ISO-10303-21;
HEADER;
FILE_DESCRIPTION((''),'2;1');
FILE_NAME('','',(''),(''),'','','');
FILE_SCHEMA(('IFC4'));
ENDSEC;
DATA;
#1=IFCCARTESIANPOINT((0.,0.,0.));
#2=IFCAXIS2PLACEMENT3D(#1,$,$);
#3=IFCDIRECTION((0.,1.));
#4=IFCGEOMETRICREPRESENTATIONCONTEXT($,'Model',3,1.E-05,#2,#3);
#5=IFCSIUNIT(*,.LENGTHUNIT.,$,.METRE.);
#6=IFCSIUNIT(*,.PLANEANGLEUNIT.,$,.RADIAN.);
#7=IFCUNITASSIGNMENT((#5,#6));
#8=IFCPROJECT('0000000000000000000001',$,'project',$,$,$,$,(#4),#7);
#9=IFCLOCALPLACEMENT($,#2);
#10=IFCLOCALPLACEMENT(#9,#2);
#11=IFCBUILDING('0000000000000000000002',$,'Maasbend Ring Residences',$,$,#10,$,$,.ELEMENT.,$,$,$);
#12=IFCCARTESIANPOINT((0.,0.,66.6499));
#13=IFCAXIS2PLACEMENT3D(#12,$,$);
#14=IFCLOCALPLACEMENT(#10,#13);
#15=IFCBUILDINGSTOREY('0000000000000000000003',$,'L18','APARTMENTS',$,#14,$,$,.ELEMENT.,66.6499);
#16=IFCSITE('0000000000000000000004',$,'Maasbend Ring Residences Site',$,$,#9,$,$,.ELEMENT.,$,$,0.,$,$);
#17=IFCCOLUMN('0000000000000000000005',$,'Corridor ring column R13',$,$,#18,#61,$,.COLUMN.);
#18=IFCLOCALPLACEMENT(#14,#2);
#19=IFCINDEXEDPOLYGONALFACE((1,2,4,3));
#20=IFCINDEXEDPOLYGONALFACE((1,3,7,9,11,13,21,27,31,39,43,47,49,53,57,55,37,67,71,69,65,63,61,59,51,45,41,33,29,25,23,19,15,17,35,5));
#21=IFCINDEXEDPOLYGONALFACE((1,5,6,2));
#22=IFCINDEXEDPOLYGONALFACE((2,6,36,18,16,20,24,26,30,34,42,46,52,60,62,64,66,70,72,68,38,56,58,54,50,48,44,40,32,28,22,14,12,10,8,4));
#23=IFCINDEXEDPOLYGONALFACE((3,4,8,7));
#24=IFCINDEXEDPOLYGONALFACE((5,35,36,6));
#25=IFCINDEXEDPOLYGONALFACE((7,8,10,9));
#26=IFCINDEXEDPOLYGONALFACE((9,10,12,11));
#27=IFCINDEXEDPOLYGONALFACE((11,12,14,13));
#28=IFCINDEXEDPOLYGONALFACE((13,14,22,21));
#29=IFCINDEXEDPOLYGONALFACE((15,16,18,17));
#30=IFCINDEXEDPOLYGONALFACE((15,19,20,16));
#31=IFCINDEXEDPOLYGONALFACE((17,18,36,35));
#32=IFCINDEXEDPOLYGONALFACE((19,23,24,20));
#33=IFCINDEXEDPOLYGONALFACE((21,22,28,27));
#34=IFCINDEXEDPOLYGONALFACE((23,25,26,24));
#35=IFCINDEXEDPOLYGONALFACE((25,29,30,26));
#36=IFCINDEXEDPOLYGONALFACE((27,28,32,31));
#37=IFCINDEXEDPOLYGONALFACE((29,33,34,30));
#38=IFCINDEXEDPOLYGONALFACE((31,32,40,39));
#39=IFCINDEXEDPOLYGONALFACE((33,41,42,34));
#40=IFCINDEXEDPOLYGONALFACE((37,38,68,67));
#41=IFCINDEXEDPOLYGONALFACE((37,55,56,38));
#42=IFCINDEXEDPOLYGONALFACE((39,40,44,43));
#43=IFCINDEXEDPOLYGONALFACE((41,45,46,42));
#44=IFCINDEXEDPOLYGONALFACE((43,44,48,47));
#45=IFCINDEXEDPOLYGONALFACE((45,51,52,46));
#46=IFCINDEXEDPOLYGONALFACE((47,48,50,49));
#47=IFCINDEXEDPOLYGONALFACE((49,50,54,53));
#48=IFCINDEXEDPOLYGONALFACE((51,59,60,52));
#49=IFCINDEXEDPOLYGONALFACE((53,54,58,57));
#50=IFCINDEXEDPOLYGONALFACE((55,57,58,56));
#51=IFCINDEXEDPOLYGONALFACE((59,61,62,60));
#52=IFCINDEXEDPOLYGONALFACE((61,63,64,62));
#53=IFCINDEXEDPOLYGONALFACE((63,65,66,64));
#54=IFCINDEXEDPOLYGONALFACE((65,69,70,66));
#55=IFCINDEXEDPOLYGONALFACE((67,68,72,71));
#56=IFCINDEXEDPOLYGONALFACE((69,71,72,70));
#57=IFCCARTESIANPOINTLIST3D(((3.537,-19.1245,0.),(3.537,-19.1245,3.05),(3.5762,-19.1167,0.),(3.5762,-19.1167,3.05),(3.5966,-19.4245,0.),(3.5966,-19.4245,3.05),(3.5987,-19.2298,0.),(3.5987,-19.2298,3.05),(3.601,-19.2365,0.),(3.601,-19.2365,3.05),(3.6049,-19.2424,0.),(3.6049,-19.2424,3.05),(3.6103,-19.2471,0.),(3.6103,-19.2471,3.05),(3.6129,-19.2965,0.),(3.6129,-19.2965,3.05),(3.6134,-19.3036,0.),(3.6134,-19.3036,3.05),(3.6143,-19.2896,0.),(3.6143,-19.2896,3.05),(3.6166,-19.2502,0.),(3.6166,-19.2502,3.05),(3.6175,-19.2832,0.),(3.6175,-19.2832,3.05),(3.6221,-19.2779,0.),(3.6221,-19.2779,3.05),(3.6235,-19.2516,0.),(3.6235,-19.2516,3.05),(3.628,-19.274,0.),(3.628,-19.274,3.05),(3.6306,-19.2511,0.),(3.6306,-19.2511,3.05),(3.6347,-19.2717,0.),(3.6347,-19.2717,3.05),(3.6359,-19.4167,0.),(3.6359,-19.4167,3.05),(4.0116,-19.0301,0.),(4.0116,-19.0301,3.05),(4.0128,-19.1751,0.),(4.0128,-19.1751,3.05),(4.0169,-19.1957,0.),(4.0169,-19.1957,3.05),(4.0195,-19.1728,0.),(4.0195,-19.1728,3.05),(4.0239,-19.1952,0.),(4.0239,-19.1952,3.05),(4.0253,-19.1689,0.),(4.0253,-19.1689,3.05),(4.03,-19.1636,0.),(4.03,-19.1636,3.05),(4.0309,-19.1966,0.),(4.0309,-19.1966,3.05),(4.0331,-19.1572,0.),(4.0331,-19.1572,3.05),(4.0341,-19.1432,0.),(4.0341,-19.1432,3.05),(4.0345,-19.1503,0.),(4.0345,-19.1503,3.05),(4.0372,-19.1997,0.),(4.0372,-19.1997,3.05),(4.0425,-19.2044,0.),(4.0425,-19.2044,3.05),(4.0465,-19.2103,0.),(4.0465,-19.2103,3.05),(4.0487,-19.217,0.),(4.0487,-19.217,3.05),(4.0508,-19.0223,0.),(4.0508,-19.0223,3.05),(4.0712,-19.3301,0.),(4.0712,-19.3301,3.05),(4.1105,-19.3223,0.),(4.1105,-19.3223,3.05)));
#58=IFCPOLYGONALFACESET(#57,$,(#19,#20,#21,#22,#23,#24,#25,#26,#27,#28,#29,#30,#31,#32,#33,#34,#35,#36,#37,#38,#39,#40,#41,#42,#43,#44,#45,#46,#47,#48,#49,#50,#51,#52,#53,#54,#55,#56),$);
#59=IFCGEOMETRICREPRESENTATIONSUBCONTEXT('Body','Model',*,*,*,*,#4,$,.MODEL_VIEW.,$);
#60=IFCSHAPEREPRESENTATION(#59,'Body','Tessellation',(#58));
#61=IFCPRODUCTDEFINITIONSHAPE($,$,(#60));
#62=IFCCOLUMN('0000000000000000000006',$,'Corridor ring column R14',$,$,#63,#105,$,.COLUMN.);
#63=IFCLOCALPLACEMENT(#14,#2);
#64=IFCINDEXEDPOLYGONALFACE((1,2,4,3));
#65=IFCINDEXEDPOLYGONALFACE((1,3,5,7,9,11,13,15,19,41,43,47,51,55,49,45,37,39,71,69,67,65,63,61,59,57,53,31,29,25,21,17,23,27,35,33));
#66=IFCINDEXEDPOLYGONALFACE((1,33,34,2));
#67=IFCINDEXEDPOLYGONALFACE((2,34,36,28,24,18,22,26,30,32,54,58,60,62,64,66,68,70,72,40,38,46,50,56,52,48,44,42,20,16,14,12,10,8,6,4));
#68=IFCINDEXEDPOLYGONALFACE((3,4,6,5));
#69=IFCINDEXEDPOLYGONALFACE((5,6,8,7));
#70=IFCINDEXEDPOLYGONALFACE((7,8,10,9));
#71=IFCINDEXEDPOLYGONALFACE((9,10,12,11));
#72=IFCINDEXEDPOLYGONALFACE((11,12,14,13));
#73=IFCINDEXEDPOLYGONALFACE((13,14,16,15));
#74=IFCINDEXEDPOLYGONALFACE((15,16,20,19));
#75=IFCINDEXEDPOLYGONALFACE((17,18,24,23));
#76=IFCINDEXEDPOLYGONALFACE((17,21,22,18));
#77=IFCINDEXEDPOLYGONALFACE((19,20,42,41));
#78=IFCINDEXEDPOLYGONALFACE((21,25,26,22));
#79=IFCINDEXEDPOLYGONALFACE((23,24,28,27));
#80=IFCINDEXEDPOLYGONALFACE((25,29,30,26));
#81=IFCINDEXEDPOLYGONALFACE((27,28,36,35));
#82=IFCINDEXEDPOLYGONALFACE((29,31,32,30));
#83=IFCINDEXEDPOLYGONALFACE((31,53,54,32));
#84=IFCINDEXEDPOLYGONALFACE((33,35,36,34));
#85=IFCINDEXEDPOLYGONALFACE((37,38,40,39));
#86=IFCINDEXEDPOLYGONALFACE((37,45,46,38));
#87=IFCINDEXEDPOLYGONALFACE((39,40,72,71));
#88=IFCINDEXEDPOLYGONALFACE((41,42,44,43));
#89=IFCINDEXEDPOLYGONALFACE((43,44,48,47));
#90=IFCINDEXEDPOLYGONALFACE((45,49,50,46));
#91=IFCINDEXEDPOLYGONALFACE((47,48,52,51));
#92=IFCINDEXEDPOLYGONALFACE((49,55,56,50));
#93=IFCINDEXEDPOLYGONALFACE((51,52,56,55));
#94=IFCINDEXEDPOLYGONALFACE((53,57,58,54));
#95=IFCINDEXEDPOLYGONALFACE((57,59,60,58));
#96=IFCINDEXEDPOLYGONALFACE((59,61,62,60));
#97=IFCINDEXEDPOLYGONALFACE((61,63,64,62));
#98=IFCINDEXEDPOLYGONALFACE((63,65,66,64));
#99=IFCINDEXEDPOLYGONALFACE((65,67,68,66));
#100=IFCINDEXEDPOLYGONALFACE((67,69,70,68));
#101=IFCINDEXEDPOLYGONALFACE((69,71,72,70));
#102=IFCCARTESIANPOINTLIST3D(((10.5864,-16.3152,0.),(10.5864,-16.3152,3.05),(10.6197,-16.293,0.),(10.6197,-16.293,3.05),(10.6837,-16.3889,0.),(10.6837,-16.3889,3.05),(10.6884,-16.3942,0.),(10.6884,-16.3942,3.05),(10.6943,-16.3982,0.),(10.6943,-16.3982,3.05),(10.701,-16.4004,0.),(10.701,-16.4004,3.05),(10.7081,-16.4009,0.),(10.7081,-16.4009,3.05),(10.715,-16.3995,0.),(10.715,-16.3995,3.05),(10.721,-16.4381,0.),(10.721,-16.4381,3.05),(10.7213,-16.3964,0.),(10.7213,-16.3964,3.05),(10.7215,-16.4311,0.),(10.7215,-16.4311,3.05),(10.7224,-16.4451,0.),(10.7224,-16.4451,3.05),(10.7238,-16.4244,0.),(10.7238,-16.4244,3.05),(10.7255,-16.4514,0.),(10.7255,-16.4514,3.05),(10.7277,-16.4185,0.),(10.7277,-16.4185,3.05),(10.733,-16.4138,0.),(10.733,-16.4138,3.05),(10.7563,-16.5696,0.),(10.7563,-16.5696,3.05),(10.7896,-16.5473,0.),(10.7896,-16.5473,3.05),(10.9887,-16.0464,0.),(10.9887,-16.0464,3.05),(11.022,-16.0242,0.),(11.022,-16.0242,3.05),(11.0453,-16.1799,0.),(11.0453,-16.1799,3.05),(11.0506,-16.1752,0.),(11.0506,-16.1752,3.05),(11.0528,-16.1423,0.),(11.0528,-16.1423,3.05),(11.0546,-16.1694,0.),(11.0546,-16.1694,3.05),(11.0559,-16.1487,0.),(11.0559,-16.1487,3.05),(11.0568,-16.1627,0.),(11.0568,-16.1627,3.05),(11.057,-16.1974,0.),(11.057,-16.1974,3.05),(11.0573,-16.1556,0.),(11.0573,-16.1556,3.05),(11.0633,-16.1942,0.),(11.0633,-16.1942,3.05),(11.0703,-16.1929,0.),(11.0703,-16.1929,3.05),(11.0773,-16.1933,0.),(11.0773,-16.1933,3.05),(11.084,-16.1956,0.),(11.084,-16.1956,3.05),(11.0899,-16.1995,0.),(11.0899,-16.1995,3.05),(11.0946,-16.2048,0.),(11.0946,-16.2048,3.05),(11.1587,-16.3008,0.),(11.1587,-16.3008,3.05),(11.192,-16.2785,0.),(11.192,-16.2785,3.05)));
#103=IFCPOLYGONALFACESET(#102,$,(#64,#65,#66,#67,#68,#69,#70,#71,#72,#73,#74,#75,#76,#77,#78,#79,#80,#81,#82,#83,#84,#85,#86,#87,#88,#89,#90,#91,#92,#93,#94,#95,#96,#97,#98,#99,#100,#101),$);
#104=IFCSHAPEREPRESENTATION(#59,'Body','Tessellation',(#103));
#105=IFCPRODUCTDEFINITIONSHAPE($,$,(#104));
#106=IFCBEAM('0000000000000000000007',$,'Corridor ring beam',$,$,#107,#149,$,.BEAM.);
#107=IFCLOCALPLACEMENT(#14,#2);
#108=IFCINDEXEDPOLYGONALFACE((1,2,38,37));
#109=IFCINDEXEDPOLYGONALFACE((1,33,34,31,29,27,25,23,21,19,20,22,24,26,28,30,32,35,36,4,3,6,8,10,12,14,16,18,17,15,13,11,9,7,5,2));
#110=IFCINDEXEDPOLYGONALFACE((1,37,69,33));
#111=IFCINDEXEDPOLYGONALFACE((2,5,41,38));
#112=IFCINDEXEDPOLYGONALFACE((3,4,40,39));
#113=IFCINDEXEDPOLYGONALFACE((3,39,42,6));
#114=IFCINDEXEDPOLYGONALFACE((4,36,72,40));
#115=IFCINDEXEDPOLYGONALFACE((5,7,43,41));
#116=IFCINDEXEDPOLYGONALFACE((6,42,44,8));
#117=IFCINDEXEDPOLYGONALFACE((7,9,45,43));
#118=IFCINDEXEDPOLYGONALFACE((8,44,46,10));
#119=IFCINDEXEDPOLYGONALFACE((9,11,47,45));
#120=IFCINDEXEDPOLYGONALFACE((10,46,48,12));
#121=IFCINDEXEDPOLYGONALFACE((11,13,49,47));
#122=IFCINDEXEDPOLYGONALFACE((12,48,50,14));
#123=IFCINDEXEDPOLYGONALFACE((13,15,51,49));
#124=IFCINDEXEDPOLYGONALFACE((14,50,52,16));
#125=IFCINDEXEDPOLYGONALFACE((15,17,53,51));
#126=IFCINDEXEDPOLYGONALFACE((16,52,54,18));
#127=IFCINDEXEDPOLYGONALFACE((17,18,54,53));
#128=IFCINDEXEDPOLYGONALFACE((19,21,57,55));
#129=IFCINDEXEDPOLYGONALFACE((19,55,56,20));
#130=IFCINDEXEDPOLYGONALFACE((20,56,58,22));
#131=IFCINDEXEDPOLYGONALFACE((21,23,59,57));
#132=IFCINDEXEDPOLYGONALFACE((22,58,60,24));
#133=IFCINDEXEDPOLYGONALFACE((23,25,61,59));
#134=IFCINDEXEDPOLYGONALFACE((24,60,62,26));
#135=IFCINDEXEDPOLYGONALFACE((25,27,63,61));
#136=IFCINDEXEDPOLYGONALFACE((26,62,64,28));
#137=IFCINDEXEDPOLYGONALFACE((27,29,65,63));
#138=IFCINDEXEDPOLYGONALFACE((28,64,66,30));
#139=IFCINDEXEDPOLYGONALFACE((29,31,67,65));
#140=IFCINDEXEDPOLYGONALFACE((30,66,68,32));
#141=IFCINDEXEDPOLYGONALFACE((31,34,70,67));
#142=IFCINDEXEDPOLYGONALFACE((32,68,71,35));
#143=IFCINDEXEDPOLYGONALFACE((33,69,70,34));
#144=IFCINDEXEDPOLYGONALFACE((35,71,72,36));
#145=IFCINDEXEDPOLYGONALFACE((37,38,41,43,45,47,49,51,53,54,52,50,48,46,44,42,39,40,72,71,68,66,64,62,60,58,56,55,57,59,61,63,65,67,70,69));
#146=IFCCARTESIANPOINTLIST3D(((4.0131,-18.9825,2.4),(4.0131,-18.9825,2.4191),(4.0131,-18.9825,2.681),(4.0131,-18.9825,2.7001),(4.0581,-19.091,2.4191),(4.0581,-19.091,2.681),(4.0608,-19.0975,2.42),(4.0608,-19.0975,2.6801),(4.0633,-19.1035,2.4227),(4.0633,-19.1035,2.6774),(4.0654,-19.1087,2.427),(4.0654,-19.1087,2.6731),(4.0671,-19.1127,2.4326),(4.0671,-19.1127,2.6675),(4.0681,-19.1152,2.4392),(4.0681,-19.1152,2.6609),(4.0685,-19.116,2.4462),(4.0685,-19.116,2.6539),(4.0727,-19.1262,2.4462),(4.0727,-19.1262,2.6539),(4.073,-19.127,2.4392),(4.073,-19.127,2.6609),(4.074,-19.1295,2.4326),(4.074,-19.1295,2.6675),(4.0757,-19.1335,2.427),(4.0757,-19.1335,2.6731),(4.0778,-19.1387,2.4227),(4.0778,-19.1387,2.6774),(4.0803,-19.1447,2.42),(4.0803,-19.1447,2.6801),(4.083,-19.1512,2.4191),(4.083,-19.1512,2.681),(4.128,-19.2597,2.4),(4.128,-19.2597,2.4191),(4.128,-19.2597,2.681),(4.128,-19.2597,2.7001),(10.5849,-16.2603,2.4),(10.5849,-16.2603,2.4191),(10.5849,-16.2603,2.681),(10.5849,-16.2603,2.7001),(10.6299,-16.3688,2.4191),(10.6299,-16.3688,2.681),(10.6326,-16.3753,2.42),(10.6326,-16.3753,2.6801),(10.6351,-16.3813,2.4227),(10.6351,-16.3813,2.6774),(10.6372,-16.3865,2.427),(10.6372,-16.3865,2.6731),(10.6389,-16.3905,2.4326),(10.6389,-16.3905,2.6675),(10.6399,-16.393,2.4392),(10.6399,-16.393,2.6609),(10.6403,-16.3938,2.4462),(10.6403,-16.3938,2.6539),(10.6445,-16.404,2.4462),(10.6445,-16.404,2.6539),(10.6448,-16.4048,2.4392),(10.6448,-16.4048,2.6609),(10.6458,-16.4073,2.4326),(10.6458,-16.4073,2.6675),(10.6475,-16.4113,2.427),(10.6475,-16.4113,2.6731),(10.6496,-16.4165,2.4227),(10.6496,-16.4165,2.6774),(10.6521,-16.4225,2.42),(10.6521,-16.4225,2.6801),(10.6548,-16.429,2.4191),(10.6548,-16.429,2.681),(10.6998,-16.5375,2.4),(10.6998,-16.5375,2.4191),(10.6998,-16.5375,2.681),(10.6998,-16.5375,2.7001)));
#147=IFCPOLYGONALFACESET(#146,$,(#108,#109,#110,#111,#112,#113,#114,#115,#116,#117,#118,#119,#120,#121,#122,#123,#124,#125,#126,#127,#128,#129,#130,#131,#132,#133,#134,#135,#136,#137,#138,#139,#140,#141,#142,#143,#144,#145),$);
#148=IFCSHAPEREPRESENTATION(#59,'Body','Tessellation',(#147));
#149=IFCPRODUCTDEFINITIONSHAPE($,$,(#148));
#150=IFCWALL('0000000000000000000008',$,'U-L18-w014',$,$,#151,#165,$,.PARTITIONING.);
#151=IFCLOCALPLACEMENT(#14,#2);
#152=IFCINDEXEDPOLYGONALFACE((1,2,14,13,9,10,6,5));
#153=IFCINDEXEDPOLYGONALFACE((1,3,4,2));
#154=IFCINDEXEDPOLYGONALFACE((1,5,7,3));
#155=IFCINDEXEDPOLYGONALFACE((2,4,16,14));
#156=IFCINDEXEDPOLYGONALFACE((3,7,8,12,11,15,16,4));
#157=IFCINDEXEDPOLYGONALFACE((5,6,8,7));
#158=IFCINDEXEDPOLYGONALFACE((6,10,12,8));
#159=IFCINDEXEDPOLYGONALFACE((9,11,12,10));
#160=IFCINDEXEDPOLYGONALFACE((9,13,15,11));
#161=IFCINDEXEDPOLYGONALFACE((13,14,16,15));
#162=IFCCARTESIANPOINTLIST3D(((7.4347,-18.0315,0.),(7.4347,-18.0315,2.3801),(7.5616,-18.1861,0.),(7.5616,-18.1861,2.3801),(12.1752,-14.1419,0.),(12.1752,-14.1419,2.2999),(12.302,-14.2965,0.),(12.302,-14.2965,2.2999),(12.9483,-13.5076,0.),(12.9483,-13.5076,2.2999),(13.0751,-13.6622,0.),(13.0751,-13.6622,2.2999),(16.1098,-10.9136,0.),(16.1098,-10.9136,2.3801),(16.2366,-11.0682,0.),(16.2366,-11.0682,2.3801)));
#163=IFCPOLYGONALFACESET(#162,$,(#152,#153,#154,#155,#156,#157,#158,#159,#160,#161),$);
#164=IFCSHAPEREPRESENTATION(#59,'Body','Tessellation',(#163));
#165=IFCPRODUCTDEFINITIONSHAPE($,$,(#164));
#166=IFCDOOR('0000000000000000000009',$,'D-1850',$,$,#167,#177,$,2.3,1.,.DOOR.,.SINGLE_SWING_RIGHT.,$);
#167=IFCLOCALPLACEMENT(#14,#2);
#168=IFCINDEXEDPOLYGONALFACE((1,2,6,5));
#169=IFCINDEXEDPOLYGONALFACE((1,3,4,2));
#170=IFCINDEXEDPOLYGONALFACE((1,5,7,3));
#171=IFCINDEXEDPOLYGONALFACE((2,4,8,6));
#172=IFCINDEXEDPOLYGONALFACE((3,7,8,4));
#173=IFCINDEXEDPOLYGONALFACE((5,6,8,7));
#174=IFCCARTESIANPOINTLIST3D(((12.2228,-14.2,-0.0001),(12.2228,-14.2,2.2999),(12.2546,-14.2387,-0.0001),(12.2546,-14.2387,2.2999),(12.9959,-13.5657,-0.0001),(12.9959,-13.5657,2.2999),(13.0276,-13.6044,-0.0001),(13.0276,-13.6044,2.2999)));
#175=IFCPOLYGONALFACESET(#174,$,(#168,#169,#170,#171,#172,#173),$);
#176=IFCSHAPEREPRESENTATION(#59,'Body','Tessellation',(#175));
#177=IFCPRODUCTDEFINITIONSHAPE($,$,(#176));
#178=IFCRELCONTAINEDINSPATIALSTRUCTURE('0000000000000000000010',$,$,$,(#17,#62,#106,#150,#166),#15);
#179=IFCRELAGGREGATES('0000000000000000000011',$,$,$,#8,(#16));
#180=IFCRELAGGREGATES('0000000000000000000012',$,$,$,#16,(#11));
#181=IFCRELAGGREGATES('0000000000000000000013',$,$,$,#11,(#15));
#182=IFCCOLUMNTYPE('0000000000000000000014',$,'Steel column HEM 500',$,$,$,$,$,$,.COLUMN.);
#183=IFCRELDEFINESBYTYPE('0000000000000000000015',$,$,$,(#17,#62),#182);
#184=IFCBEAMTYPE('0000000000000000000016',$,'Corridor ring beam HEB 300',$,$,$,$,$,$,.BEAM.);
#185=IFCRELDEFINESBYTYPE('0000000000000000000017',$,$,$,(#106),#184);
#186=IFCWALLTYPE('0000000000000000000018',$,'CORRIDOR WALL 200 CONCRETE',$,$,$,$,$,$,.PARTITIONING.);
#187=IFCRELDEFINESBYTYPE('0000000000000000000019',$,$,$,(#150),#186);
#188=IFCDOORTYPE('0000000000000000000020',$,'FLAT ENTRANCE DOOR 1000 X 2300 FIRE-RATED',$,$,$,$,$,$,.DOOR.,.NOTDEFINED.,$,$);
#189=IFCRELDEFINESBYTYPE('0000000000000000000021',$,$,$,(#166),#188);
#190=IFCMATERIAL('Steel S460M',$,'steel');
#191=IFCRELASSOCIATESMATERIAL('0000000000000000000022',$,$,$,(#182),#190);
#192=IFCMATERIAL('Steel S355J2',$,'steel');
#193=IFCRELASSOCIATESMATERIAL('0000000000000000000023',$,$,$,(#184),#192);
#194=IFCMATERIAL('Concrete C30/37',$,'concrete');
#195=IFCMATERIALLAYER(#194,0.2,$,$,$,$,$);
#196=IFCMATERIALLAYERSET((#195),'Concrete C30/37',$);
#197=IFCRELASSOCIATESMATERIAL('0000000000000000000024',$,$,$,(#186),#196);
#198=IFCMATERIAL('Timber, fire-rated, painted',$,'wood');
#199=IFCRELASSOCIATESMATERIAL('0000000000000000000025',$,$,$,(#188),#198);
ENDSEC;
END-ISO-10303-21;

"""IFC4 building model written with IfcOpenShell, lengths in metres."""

from ifc_helpers import new_model, si_unit, direction, frame, frame_2d, origin, origin_2d, place, context, subcontext, project, spatial, rectangle, i_section, extrude, material, layer, layer_set, material_profile, profile_set, type_object, element, fill, save


model = new_model("IFC4")

# Units and contexts
model_context = context("Model", 3, precision=1e-05, world=origin(), true_north=direction((0.0, 1.0)))
body_context = subcontext(model_context, "Body", "Model", "MODEL_VIEW")
ifc_project = project(units=[si_unit("LENGTHUNIT", "METRE"), si_unit("PLANEANGLEUNIT", "RADIAN")], contexts=[model_context])

# Site, building, storey
site_placement = place(None, origin())
site = spatial("IfcSite", under=ifc_project, at=site_placement, Name="Maasbend Ring Residences Site", CompositionType="ELEMENT", RefElevation=0.0)
building_placement = place(site_placement, origin())
building = spatial("IfcBuilding", under=site, at=building_placement, Name="Maasbend Ring Residences", CompositionType="ELEMENT")
storey_placement = place(building_placement, frame((0.0, 0.0, 66.6499)))
storey = spatial("IfcBuildingStorey", under=building, at=storey_placement, Name="L18", Description="APARTMENTS", CompositionType="ELEMENT", Elevation=66.6499)

# Columns
ifc_material_1 = material(Name="Steel S460M", Category="steel")
ifc_material_profile_1 = material_profile(ifc_material_1, i_section(OverallWidth=0.3059, OverallDepth=0.5239, WebThickness=0.021, FlangeThickness=0.04, FilletRadius=0.0271, at=origin_2d()), Name="HEM 500")
ifc_profile_set_1 = profile_set([ifc_material_profile_1], Name="Steel S460M")
column_type = type_object("IfcColumnType", Name="Steel column HEM 500", PredefinedType="COLUMN", material=ifc_profile_set_1)
for number, where, z_axis, x_axis, name in (
    (1, (3.8237, -19.2234, 0.0), (0.0, 0.0, 1.0), (0.19509, -0.980785, 0.0), "Corridor ring column R13"),
    (2, (10.8892, -16.2969, 0.0), (0.0, 0.0, 1.0), (0.55557, -0.83147, 0.0), "Corridor ring column R14"),
):
    element("IfcColumn", number, at=place(storey_placement, frame(where, z_axis=z_axis, x_axis=x_axis)), inside=storey, type_object=column_type, Name=name, PredefinedType="COLUMN", context=body_context, shape_type="SweptSolid", body=[
        extrude(i_section(OverallWidth=0.3059, OverallDepth=0.5239, WebThickness=0.021, FlangeThickness=0.04, FilletRadius=0.0271, at=origin_2d()), origin(), (0.0, 0.0, 1.0), 3.05),
    ])

# Beam
ifc_material_2 = material(Name="Steel S355J2", Category="steel")
ifc_material_profile_2 = material_profile(ifc_material_2, i_section(OverallWidth=0.3, OverallDepth=0.3, WebThickness=0.011, FlangeThickness=0.019, FilletRadius=0.0271, at=origin_2d()), Name="HEB 300")
ifc_profile_set_2 = profile_set([ifc_material_profile_2], Name="Steel S355J2")
beam_type = type_object("IfcBeamType", Name="Corridor ring beam HEB 300", PredefinedType="BEAM", material=ifc_profile_set_2)
beam_placement = place(storey_placement, frame((4.0706, -19.1211, 2.55), z_axis=(0.923877, 0.382689, 0.0), x_axis=(-0.382689, 0.923877, 0.0)))
element("IfcBeam", 3, at=beam_placement, inside=storey, type_object=beam_type, Name="Corridor ring beam", PredefinedType="BEAM", context=body_context, shape_type="SweptSolid", body=[
    extrude(i_section(OverallWidth=0.3, OverallDepth=0.3, WebThickness=0.011, FlangeThickness=0.019, FilletRadius=0.0271, at=origin_2d()), origin(), (0.0, 0.0, 1.0), 7.1133),
])

# Wall, opening, door
ifc_material_3 = material(Name="Concrete C30/37", Category="concrete")
ifc_layer_1 = layer(ifc_material_3, 0.2)
ifc_layer_set_1 = layer_set([ifc_layer_1], Name="Concrete C30/37")
wall_type_1 = type_object("IfcWallType", Name="CORRIDOR WALL 200 CONCRETE", PredefinedType="PARTITIONING", material=ifc_layer_set_1)
wall_1_placement = place(storey_placement, frame((7.498, -18.1089, 0.0), z_axis=(0.0, 0.0, 1.0), x_axis=(0.773076, 0.634313, 0.0)))
wall_1 = element("IfcWall", 4, at=wall_1_placement, inside=storey, type_object=wall_type_1, Name="U-L18-w014", PredefinedType="PARTITIONING", context=body_context, shape_type="SweptSolid", body=[
    extrude(rectangle(XDim=11.2214, YDim=0.2, at=frame_2d((5.6108, 0.0))), origin(), (0.0, 0.0, 1.0), 2.3801),
])
opening_1_placement = place(wall_1_placement, frame((6.1321, 0.0, 0.0)))
opening_1 = element("IfcOpeningElement", 5, at=opening_1_placement, cuts=wall_1, PredefinedType="OPENING", context=body_context, shape_type="SweptSolid", body=[
    extrude(rectangle(XDim=1.0, YDim=2.3, at=frame_2d((0.5, 1.1499))), frame((0.0, 0.1099, 0.0), z_axis=(0.0, -1.0, 0.0), x_axis=(1.0, 0.0, 0.0)), (0.0, 0.0, 1.0), 0.22),
])
ifc_material_4 = material(Name="Timber, fire-rated, painted", Category="wood")
door_type_1 = type_object("IfcDoorType", Name="FLAT ENTRANCE DOOR 1000 X 2300 FIRE-RATED", OperationType="NOTDEFINED", PredefinedType="DOOR", material=ifc_material_4)
door_1_placement = place(opening_1_placement, origin())
door_1 = element("IfcDoor", 6, at=door_1_placement, inside=storey, type_object=door_type_1, Name="D-1850", OperationType="SINGLE_SWING_RIGHT", OverallHeight=2.3, OverallWidth=1.0, PredefinedType="DOOR", context=body_context, shape_type="SweptSolid", body=[
    extrude(rectangle(XDim=1.0, YDim=2.3, at=frame_2d((0.5, 1.1499))), frame((0.0, 0.0249, 0.0), z_axis=(0.0, -1.0, 0.0), x_axis=(1.0, 0.0, 0.0)), (0.0, 0.0, 1.0), 0.05),
])
fill(opening_1, door_1)

save(model, "model.ifc")
